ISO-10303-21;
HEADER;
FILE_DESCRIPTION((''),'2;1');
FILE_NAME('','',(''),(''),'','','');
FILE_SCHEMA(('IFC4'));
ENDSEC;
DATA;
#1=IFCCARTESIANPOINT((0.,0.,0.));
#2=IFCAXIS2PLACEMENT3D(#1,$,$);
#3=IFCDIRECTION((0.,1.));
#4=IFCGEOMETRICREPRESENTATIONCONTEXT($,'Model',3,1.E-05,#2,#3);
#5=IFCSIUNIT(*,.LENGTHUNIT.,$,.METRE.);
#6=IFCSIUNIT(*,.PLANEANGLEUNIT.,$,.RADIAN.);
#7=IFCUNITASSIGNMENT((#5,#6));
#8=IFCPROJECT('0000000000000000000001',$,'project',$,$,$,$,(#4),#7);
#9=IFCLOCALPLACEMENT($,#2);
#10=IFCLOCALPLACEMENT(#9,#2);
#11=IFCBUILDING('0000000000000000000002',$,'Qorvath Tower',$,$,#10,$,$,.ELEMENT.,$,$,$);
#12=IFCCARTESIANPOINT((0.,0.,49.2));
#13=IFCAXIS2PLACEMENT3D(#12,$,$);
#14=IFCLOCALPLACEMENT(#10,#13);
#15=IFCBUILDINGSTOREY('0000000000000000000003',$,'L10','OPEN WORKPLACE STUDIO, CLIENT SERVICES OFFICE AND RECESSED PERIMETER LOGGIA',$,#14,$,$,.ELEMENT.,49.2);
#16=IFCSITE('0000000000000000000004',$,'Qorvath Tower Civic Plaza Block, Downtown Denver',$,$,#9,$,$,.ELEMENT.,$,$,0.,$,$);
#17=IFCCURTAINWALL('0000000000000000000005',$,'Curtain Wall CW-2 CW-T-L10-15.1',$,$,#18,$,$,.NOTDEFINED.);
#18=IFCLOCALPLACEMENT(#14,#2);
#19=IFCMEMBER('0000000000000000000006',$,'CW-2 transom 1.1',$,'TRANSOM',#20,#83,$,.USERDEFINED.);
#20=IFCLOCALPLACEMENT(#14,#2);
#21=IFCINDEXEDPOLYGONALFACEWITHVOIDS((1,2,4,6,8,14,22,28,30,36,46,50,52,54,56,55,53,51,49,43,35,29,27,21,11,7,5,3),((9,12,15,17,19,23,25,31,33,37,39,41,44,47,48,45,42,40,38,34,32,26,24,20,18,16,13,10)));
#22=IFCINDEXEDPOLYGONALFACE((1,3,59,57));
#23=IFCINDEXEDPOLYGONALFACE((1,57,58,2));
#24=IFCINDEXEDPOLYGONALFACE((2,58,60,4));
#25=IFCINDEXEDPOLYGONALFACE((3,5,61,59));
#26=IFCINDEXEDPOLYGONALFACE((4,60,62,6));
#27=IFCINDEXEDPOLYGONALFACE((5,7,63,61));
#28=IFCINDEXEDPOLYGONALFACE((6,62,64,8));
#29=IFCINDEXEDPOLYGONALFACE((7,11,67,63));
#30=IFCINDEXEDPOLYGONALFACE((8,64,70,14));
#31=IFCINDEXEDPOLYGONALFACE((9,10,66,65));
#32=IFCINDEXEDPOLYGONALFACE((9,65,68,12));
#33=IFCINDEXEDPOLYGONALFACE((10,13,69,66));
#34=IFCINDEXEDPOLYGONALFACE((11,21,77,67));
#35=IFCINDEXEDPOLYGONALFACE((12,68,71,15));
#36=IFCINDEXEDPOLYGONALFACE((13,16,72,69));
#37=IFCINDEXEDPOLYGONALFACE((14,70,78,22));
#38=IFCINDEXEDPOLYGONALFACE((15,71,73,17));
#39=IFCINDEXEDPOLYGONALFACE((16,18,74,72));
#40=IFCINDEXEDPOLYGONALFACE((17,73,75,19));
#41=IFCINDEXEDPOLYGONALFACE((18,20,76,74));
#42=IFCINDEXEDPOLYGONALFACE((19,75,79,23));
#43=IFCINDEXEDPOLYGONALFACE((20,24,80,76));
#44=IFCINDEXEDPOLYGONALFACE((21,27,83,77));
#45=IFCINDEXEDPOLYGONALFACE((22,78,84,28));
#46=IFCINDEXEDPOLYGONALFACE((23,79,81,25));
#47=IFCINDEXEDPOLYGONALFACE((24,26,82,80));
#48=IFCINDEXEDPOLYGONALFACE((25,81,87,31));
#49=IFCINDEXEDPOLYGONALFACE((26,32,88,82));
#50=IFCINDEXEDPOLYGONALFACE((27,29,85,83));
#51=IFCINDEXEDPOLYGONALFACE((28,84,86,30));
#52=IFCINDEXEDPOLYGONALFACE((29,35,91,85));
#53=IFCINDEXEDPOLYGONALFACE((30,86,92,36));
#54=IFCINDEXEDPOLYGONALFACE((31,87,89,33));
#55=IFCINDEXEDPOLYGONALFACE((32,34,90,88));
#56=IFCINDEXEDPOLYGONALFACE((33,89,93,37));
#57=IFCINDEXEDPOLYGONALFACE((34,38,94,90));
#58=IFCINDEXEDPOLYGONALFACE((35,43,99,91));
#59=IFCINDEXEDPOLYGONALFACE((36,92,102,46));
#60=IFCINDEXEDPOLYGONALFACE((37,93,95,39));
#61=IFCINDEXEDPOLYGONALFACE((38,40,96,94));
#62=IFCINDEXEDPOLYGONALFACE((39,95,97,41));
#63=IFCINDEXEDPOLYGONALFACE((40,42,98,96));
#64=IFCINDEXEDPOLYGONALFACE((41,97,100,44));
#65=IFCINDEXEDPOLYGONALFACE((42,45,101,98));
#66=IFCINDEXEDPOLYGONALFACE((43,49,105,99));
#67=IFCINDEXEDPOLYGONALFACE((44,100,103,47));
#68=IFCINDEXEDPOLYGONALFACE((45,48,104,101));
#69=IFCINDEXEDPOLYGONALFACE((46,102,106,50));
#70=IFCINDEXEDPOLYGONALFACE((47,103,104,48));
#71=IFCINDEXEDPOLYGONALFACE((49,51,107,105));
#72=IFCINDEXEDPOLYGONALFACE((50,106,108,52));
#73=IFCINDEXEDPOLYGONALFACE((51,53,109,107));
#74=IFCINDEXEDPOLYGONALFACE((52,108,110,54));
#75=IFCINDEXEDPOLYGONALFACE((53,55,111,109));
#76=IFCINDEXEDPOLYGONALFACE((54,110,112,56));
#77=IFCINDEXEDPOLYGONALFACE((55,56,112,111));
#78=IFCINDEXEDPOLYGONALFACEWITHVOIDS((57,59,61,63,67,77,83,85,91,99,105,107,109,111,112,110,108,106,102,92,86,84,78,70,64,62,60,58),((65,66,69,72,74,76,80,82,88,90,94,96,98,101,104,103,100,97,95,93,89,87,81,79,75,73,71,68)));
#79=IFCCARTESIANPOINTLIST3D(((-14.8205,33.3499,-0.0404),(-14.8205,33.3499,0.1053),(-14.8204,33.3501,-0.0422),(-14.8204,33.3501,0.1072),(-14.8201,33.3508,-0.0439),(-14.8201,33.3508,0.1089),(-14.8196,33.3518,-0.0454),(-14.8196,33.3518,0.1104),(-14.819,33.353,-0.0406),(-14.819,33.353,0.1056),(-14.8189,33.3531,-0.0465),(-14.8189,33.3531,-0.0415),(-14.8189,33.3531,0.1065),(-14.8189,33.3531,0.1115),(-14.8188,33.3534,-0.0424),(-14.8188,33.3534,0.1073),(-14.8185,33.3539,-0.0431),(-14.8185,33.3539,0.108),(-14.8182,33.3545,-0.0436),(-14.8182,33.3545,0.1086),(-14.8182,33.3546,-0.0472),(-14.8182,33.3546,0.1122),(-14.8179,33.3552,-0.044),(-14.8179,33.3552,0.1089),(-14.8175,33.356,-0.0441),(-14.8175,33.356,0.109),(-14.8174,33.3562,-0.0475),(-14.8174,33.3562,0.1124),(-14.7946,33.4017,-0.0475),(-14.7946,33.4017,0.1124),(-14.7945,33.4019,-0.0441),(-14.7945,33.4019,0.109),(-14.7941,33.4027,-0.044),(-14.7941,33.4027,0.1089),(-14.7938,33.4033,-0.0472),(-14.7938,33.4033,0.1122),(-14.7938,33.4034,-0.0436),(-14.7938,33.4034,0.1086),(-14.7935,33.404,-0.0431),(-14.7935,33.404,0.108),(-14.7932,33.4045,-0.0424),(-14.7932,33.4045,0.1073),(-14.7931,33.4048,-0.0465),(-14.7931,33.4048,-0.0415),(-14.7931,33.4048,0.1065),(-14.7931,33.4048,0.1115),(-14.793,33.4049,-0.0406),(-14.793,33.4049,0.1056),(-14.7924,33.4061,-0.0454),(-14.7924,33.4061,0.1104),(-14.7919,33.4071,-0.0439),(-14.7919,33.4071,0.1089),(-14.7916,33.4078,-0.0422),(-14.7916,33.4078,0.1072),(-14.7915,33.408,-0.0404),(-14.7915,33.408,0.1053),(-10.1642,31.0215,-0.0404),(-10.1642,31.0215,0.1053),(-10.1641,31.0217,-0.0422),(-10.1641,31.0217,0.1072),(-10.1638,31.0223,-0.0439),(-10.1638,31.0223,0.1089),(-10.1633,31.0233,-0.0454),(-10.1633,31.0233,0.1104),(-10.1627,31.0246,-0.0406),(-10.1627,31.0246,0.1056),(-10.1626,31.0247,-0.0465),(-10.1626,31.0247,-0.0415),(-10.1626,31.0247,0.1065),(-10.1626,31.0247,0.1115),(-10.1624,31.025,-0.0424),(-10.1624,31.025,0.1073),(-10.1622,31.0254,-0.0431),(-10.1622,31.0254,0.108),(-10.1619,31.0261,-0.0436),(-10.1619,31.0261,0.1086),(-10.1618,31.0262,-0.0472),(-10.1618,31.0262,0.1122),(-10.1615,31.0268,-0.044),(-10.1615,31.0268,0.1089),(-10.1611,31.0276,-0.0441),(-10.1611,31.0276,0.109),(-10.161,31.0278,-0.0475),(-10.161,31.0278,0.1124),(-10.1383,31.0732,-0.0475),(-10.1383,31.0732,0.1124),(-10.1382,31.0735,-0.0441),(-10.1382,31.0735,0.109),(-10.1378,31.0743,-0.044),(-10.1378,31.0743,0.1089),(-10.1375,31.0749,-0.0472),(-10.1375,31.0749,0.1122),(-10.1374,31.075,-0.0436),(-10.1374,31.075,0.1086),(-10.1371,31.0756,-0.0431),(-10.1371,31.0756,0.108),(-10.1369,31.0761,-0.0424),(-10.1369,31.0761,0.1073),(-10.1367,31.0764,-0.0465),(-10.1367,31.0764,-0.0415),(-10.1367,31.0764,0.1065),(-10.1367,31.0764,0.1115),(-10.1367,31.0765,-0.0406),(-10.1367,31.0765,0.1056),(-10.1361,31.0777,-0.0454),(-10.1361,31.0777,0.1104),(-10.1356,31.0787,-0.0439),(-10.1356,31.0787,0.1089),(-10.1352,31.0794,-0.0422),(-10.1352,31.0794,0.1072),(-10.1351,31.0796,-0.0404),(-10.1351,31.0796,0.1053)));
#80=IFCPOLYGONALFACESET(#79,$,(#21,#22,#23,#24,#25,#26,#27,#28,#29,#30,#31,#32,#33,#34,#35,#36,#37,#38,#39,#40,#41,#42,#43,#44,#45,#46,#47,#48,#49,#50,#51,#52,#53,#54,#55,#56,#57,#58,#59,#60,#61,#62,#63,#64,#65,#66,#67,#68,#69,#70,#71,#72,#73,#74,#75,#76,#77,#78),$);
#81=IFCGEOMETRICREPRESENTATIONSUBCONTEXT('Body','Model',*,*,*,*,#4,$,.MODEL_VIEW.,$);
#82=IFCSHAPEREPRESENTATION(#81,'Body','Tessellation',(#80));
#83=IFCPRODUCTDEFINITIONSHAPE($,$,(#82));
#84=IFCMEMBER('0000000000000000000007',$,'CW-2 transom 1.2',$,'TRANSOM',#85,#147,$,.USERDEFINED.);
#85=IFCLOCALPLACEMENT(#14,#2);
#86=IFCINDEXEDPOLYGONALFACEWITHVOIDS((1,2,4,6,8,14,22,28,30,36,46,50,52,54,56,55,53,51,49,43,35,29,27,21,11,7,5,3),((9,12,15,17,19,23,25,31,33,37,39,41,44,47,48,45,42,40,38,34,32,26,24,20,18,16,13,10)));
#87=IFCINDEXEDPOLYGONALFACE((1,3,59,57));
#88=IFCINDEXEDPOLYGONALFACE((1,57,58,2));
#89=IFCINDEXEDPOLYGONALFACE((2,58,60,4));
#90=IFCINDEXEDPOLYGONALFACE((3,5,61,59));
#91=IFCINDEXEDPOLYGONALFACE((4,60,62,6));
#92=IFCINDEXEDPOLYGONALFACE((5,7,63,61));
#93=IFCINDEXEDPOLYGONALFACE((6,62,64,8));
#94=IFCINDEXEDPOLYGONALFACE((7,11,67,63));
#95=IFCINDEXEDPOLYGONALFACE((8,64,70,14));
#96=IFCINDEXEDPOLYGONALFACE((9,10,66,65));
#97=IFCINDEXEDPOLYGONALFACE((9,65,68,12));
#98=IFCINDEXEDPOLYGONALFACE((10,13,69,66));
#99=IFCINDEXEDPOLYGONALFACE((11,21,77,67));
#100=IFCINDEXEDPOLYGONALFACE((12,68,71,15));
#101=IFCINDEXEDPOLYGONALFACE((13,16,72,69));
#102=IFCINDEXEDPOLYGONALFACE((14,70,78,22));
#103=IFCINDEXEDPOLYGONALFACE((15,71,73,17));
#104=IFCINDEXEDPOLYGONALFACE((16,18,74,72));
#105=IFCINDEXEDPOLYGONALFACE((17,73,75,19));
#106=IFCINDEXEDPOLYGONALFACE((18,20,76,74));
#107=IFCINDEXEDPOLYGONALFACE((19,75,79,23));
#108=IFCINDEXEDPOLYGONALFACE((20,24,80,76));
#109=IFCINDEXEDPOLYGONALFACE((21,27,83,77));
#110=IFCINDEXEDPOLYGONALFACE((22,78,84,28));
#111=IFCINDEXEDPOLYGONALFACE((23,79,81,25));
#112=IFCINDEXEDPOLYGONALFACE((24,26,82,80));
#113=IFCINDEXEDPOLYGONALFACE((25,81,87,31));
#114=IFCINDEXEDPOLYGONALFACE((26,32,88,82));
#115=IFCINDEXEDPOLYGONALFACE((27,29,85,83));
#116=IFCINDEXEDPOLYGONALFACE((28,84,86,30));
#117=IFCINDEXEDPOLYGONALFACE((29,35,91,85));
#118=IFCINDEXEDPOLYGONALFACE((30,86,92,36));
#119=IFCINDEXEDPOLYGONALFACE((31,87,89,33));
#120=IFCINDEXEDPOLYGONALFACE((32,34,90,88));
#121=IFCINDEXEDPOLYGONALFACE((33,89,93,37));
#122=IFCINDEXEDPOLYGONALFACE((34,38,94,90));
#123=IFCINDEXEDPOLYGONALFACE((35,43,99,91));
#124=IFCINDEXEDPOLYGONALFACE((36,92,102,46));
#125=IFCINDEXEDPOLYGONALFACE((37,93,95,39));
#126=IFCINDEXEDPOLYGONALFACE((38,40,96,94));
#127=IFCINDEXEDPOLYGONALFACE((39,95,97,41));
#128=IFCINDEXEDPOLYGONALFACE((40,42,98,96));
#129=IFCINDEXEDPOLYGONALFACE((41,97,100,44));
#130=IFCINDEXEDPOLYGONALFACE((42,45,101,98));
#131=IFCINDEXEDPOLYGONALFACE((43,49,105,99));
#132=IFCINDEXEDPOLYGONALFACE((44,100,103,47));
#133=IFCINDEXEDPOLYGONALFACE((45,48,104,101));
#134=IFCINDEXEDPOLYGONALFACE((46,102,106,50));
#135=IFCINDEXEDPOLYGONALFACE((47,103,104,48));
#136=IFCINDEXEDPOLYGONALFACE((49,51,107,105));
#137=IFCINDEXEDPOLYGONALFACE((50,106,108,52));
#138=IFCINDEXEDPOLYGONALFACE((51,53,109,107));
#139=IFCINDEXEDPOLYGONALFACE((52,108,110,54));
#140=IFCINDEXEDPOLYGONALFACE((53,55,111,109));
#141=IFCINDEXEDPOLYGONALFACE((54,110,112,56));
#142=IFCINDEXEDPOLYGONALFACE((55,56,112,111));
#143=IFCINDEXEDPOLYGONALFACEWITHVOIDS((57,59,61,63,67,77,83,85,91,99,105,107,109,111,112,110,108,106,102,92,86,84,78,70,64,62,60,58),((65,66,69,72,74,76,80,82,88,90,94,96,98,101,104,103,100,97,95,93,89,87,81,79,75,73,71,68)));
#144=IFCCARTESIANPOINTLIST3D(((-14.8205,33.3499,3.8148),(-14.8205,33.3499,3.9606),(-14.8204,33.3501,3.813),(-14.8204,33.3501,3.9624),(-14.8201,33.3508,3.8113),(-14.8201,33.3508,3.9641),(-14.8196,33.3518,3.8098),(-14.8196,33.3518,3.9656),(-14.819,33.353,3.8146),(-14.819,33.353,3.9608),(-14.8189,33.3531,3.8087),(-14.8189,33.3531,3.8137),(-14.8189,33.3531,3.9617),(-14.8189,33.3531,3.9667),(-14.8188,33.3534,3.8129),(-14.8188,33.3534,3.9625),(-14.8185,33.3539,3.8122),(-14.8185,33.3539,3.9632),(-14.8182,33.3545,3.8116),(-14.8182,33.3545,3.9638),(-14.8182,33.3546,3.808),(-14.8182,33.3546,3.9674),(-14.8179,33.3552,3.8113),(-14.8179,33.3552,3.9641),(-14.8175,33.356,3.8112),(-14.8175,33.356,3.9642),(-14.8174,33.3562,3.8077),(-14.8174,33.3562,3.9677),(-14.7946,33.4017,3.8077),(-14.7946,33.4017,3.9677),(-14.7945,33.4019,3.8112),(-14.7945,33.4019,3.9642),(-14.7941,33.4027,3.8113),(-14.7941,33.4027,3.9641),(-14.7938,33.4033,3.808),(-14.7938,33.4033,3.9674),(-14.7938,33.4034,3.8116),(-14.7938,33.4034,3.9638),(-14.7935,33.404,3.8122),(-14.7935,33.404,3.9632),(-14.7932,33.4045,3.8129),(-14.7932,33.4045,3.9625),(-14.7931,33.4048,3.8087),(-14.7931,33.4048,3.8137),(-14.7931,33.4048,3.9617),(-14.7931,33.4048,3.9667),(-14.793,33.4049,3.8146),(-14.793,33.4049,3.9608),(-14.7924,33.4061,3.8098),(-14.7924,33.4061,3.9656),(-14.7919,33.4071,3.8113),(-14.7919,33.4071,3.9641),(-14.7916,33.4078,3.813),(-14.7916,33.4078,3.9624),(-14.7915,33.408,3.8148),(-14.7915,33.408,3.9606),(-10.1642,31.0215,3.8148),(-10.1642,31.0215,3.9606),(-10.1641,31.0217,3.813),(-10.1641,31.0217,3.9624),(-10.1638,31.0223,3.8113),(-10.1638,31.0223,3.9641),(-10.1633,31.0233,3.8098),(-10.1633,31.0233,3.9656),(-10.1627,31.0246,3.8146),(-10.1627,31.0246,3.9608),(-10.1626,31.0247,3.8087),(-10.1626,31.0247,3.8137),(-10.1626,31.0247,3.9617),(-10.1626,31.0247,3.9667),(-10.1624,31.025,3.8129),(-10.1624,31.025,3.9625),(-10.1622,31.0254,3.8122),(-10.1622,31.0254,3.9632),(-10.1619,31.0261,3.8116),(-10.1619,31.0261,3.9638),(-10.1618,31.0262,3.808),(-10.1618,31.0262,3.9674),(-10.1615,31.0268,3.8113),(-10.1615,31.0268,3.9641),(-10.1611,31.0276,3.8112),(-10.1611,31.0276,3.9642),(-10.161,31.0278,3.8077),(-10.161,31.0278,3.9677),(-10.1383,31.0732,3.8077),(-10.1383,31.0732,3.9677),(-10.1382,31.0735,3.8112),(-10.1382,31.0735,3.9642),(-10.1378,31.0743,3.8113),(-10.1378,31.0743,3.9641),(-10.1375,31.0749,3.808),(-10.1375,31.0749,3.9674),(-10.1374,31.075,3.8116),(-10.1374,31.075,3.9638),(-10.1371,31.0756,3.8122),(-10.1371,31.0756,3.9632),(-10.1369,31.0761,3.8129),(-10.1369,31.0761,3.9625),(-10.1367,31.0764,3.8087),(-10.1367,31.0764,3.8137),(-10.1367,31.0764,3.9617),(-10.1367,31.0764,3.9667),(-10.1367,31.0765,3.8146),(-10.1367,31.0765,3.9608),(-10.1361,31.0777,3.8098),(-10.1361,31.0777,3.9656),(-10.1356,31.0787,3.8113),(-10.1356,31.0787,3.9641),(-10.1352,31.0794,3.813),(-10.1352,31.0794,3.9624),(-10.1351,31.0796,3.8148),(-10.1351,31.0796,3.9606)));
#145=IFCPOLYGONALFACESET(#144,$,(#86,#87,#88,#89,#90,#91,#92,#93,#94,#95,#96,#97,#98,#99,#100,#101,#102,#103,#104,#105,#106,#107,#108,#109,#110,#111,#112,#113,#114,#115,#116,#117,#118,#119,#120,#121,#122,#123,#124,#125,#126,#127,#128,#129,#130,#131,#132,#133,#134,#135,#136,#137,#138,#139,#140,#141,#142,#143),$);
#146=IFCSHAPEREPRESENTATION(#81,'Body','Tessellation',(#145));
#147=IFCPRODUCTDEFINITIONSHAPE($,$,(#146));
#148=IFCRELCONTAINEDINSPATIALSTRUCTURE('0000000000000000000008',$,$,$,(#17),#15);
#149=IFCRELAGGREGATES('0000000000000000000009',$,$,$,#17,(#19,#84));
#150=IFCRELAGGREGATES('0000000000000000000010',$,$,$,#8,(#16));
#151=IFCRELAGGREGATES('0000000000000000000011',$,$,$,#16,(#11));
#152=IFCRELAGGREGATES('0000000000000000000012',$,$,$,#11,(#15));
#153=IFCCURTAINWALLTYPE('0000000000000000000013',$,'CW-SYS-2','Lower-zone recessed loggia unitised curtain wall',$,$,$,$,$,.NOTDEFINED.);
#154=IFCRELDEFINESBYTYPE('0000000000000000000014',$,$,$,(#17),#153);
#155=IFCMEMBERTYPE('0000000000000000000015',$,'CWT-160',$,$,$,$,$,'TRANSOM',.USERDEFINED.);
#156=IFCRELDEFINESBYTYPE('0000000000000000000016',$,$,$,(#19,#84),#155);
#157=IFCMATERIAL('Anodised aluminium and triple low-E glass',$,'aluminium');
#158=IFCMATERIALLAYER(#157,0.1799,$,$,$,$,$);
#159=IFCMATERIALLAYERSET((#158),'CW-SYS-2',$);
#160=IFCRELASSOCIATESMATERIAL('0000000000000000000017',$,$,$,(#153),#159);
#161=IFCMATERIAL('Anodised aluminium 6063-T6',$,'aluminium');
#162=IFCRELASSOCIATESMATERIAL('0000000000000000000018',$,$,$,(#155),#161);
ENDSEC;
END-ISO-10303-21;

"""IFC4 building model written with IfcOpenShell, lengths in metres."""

from ifc_helpers import new_model, si_unit, direction, frame, origin, origin_2d, place, context, subcontext, project, spatial, hollow_rectangle, extrude, material, layer, layer_set, material_profile, profile_set, type_object, element, aggregate, save


model = new_model("IFC4")

# Units and contexts
model_context = context("Model", 3, precision=1e-05, world=origin(), true_north=direction((0.0, 1.0)))
body_context = subcontext(model_context, "Body", "Model", "MODEL_VIEW")
ifc_project = project(units=[si_unit("LENGTHUNIT", "METRE"), si_unit("PLANEANGLEUNIT", "RADIAN")], contexts=[model_context])

# Site, building, storey
site_placement = place(None, origin())
site = spatial("IfcSite", under=ifc_project, at=site_placement, Name="Qorvath Tower Civic Plaza Block, Downtown Denver", CompositionType="ELEMENT", RefElevation=0.0)
building_placement = place(site_placement, origin())
building = spatial("IfcBuilding", under=site, at=building_placement, Name="Qorvath Tower", CompositionType="ELEMENT")
storey_placement = place(building_placement, frame((0.0, 0.0, 49.2)))
storey = spatial("IfcBuildingStorey", under=building, at=storey_placement, Name="L10", Description="OPEN WORKPLACE STUDIO, CLIENT SERVICES OFFICE AND RECESSED PERIMETER LOGGIA", CompositionType="ELEMENT", Elevation=49.2)

# Curtain wall
ifc_material_1 = material(Name="Anodised aluminium and triple low-E glass", Category="aluminium")
ifc_layer_1 = layer(ifc_material_1, 0.1799)
ifc_layer_set_1 = layer_set([ifc_layer_1], Name="CW-SYS-2")
curtain_wall_type = type_object("IfcCurtainWallType", Name="CW-SYS-2", Description="Lower-zone recessed loggia unitised curtain wall", PredefinedType="NOTDEFINED", material=ifc_layer_set_1)
curtain_wall_1_placement = place(storey_placement, origin())
curtain_wall_1 = element("IfcCurtainWall", 1, at=curtain_wall_1_placement, inside=storey, type_object=curtain_wall_type, Name="Curtain Wall CW-2 CW-T-L10-15.1", PredefinedType="NOTDEFINED")

# Members
ifc_material_2 = material(Name="Anodised aluminium 6063-T6", Category="aluminium")
ifc_material_profile_1 = material_profile(ifc_material_2, hollow_rectangle(XDim=0.0649, YDim=0.1599, WallThickness=0.0034, InnerFilletRadius=0.0034, OuterFilletRadius=0.0071, at=origin_2d()), Name="CWT 160x65")
ifc_profile_set_1 = profile_set([ifc_material_profile_1], Name="Anodised aluminium 6063-T6")
member_type_1 = type_object("IfcMemberType", Name="CWT-160", ElementType="TRANSOM", PredefinedType="USERDEFINED", material=ifc_profile_set_1)
member_1_placement = place(storey_placement, frame((-10.1497, 31.0505, 0.0325), z_axis=(-0.894408, 0.447251, 0.0), x_axis=(-0.447251, -0.894408, 0.0)))
member_1 = element("IfcMember", 2, at=member_1_placement, type_object=member_type_1, Name="CW-2 transom 1.1", ObjectType="TRANSOM", PredefinedType="USERDEFINED", context=body_context, shape_type="SweptSolid", body=[
    extrude(hollow_rectangle(XDim=0.0649, YDim=0.1599, WallThickness=0.0034, InnerFilletRadius=0.0034, OuterFilletRadius=0.0071, at=origin_2d()), origin(), (0.0, 0.0, 1.0), 5.2061),
])
member_2_placement = place(storey_placement, frame((-10.1497, 31.0505, 3.8877), z_axis=(-0.894408, 0.447251, 0.0), x_axis=(-0.447251, -0.894408, 0.0)))
member_2 = element("IfcMember", 3, at=member_2_placement, type_object=member_type_1, Name="CW-2 transom 1.2", ObjectType="TRANSOM", PredefinedType="USERDEFINED", context=body_context, shape_type="SweptSolid", body=[
    extrude(hollow_rectangle(XDim=0.0649, YDim=0.1599, WallThickness=0.0034, InnerFilletRadius=0.0034, OuterFilletRadius=0.0071, at=origin_2d()), origin(), (0.0, 0.0, 1.0), 5.2061),
])

aggregate(curtain_wall_1, [member_1, member_2])

save(model, "model.ifc")
